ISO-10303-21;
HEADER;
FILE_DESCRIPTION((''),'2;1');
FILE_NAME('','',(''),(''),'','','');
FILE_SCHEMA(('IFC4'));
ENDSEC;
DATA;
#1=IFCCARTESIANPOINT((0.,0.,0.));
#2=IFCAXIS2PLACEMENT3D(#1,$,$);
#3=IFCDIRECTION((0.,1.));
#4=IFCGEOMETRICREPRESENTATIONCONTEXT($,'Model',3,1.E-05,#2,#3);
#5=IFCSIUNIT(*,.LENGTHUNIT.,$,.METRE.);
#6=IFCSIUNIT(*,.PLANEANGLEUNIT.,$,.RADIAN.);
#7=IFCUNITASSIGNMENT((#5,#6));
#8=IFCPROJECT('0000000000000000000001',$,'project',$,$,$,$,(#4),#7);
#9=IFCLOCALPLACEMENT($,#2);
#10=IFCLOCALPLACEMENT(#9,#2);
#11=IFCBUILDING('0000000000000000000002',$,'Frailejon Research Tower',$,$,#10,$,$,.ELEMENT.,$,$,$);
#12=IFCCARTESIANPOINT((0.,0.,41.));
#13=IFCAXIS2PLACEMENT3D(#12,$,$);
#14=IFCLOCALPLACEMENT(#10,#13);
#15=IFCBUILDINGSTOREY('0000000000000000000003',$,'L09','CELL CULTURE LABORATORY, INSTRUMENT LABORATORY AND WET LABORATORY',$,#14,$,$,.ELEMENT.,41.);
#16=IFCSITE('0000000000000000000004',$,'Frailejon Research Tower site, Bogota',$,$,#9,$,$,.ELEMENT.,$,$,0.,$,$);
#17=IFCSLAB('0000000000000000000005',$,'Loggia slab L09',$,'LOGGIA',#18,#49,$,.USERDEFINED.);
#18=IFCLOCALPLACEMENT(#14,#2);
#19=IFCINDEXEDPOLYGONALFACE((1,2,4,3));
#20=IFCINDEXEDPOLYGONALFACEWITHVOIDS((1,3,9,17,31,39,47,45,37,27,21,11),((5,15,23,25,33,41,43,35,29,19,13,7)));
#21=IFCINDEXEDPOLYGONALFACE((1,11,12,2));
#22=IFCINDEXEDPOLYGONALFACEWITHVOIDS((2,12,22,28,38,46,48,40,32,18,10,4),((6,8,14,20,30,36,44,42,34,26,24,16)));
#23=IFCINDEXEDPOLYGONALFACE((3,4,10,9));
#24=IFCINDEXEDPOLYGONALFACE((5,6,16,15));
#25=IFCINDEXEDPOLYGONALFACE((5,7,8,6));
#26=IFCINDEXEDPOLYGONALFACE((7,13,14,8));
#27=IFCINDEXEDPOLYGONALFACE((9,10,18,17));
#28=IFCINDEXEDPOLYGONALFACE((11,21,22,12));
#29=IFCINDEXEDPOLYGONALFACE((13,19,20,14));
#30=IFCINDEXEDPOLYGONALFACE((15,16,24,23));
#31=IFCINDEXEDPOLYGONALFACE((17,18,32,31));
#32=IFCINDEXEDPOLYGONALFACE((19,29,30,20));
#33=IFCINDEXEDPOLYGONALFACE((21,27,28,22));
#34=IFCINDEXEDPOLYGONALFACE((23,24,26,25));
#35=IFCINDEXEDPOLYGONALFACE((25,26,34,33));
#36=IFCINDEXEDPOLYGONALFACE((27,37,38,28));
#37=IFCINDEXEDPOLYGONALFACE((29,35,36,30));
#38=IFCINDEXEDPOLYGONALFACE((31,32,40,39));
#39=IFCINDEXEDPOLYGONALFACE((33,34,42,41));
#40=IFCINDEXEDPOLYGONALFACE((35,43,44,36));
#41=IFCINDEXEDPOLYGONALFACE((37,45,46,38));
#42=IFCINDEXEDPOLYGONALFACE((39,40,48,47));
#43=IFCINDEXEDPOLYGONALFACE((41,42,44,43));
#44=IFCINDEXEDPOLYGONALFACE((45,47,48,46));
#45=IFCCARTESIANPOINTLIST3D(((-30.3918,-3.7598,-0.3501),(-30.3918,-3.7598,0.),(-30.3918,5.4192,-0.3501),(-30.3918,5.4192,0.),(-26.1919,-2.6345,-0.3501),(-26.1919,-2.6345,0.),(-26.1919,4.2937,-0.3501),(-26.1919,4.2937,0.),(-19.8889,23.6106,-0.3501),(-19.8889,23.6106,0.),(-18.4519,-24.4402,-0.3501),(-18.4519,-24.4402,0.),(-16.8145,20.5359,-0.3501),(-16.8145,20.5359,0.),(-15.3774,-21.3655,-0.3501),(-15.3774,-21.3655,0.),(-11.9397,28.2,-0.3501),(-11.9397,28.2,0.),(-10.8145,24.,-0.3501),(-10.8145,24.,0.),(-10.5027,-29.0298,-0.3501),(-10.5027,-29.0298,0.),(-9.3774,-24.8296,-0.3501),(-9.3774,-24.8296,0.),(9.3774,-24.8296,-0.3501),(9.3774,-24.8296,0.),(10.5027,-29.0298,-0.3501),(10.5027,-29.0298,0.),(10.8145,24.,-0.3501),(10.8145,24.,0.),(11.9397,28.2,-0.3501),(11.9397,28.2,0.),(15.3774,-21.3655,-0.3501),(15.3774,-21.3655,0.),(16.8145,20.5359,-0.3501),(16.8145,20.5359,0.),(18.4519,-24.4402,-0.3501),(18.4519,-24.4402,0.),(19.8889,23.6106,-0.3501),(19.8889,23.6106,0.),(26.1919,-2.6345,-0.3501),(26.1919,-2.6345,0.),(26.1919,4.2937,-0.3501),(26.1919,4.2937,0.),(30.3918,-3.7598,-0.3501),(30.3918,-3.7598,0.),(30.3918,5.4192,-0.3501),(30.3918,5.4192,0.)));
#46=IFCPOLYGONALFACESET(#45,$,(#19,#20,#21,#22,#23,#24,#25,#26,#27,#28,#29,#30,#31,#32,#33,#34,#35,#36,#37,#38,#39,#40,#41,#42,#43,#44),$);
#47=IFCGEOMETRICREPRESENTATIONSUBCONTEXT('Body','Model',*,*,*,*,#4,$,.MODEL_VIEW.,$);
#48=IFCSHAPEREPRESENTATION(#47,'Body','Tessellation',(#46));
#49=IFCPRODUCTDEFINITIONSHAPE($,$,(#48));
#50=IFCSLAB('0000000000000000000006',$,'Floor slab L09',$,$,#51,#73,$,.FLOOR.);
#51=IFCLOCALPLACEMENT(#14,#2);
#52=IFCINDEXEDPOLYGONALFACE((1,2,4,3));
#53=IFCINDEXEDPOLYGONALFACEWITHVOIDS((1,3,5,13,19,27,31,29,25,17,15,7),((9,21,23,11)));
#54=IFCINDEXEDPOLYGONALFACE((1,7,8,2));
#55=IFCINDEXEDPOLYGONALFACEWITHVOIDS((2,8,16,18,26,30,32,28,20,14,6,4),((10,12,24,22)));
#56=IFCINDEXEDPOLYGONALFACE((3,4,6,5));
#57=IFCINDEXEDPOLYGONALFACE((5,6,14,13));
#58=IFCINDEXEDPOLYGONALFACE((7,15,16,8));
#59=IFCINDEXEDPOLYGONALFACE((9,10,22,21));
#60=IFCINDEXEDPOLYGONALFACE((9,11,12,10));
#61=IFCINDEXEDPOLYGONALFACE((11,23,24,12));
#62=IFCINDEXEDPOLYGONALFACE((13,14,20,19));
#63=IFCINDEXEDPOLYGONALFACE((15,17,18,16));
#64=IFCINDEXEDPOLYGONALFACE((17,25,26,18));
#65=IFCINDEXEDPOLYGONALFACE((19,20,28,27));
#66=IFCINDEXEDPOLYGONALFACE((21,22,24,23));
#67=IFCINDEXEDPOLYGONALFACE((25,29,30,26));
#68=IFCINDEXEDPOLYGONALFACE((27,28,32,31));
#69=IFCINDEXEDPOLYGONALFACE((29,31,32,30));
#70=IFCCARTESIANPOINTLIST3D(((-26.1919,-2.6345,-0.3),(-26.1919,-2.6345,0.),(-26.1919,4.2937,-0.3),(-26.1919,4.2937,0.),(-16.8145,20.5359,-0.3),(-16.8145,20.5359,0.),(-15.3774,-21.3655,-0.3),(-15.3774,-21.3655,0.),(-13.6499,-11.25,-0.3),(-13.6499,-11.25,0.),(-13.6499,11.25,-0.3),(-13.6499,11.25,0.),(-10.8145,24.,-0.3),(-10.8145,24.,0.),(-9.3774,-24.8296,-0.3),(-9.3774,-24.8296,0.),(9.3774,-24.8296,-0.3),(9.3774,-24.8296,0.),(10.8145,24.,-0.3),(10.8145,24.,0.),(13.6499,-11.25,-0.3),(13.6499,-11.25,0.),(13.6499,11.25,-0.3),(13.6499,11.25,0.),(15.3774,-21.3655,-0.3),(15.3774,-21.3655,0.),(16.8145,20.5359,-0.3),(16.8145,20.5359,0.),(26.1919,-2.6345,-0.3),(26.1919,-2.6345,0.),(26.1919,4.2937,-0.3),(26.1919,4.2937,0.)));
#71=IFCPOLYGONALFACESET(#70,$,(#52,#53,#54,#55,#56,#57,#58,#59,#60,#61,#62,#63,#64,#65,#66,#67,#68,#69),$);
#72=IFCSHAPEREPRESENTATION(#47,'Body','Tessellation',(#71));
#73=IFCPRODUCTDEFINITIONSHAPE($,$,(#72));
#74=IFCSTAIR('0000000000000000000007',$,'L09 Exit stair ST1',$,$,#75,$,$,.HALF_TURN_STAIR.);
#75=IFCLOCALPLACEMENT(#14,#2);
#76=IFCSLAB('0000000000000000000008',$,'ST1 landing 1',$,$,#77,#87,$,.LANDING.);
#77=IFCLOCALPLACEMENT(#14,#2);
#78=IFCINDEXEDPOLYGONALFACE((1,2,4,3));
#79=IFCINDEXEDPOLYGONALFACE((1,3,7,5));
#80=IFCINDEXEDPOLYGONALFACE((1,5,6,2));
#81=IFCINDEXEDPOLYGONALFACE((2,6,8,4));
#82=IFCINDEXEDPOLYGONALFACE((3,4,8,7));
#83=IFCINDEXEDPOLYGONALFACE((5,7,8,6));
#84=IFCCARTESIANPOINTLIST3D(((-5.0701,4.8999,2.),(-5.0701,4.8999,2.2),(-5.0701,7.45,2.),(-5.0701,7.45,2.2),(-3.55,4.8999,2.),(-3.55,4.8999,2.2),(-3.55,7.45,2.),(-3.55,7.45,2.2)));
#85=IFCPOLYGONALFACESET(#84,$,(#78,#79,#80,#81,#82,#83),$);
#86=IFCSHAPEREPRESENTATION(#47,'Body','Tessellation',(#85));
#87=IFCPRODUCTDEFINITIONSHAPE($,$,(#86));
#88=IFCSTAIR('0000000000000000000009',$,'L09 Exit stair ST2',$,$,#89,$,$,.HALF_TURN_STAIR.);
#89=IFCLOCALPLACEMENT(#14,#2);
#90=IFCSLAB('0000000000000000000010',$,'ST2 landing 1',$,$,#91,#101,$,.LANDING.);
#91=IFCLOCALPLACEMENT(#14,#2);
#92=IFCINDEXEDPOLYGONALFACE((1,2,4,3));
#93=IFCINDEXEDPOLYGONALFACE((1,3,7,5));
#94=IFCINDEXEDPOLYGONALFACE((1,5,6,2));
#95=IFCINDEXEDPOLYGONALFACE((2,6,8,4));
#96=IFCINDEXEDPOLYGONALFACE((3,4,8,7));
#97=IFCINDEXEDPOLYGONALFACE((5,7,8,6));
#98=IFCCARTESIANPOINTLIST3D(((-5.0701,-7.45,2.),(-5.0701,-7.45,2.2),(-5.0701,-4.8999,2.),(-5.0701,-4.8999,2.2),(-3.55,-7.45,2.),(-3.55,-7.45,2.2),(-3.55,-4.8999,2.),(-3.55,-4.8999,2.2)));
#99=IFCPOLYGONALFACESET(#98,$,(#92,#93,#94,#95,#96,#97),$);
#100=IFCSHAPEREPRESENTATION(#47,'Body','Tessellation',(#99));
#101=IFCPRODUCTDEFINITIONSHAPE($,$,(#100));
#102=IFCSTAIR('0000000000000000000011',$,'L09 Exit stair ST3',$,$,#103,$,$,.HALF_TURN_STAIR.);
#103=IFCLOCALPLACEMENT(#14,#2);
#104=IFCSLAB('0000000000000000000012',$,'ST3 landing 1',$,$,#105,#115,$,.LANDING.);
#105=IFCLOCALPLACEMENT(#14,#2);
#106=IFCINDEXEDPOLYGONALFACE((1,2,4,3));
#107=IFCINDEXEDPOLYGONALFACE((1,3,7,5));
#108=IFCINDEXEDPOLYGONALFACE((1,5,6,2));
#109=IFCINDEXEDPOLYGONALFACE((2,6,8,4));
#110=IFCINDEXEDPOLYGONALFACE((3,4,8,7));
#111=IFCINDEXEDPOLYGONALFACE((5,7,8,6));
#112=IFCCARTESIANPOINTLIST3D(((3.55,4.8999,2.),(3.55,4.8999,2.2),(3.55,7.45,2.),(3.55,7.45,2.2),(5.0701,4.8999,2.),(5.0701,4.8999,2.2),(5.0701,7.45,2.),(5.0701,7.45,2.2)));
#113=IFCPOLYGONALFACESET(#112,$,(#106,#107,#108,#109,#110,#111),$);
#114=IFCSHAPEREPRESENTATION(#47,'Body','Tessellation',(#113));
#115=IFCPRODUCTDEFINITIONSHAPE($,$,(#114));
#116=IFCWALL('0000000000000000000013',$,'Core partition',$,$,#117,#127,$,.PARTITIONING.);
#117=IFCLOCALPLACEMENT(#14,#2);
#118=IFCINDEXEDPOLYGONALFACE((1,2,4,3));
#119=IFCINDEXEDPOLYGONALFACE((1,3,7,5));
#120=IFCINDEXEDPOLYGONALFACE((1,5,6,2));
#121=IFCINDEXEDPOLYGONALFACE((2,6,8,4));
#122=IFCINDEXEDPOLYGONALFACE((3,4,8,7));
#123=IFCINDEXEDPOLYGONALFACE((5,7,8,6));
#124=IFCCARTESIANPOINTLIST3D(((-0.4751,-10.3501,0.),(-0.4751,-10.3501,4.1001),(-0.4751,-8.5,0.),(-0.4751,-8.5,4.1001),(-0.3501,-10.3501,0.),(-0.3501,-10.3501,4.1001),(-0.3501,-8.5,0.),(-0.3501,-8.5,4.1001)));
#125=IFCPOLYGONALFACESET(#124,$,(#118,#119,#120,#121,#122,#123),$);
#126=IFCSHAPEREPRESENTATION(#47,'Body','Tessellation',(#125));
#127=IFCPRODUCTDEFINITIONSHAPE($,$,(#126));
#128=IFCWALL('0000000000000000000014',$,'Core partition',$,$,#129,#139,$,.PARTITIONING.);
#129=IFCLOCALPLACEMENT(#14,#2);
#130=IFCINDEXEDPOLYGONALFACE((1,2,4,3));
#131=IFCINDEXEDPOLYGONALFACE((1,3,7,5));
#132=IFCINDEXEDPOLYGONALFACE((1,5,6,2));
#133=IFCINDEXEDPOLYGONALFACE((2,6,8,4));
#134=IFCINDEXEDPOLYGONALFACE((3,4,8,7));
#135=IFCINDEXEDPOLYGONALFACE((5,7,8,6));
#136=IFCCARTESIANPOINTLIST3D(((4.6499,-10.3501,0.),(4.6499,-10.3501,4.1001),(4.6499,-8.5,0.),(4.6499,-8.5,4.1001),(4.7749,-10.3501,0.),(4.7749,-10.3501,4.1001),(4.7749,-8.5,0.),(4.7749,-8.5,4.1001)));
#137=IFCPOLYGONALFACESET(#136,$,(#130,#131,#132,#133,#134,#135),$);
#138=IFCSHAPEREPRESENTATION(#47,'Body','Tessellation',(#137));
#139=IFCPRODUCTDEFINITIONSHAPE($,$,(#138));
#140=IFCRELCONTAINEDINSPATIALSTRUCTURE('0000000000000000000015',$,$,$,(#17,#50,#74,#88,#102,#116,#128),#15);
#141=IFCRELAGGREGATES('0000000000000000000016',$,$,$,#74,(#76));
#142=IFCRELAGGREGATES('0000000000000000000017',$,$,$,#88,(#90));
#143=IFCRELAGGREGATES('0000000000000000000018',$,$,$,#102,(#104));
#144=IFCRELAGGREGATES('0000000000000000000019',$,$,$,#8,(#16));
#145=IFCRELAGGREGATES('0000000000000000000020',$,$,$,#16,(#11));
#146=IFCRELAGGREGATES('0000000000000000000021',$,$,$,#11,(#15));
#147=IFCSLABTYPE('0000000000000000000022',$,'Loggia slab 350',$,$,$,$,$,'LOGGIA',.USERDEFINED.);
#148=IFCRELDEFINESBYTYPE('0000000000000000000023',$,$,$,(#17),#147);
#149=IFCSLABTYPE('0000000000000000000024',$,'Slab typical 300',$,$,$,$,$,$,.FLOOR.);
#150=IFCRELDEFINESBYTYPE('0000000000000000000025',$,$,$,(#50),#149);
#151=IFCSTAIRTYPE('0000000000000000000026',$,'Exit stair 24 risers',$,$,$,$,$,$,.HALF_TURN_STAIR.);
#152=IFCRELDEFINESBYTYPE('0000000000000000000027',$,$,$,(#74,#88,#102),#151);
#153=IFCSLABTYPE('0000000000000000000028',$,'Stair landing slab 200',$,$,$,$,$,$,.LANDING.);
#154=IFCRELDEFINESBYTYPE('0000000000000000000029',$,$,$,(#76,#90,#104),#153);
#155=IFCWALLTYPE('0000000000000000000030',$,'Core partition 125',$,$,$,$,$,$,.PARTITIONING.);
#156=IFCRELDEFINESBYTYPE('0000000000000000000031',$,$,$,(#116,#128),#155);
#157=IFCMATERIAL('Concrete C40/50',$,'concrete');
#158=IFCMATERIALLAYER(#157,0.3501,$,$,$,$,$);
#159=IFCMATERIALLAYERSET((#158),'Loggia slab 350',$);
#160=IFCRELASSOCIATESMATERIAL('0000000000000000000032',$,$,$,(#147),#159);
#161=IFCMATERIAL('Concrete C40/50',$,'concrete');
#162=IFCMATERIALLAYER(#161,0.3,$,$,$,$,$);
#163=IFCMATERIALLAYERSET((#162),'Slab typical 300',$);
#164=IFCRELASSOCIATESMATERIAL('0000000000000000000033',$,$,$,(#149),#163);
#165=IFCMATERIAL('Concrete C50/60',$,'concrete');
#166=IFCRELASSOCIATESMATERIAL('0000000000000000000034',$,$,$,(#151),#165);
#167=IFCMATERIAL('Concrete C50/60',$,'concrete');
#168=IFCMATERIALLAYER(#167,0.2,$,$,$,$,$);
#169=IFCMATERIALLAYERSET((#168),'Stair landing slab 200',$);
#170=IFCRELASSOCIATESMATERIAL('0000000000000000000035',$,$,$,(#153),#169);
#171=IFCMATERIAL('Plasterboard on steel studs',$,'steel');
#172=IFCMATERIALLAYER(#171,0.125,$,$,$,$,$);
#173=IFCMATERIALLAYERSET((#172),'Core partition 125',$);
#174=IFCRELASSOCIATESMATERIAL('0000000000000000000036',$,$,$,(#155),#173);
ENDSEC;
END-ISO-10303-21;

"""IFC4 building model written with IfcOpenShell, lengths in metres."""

from ifc_helpers import new_model, si_unit, direction, frame, frame_2d, origin, place, context, subcontext, project, spatial, polyline, rectangle, outline, extrude, material, layer, layer_set, type_object, element, aggregate, save


model = new_model("IFC4")

# Units and contexts
model_context = context("Model", 3, precision=1e-05, world=origin(), true_north=direction((0.0, 1.0)))
body_context = subcontext(model_context, "Body", "Model", "MODEL_VIEW")
ifc_project = project(units=[si_unit("LENGTHUNIT", "METRE"), si_unit("PLANEANGLEUNIT", "RADIAN")], contexts=[model_context])

# Site, building, storey
site_placement = place(None, origin())
site = spatial("IfcSite", under=ifc_project, at=site_placement, Name="Frailejon Research Tower site, Bogota", CompositionType="ELEMENT", RefElevation=0.0)
building_placement = place(site_placement, origin())
building = spatial("IfcBuilding", under=site, at=building_placement, Name="Frailejon Research Tower", CompositionType="ELEMENT")
storey_placement = place(building_placement, frame((0.0, 0.0, 41.0)))
storey = spatial("IfcBuildingStorey", under=building, at=storey_placement, Name="L09", Description="CELL CULTURE LABORATORY, INSTRUMENT LABORATORY AND WET LABORATORY", CompositionType="ELEMENT", Elevation=41.0)

# Slabs
ifc_material_1 = material(Name="Concrete C40/50", Category="concrete")
ifc_layer_1 = layer(ifc_material_1, 0.3501)
ifc_layer_set_1 = layer_set([ifc_layer_1], Name="Loggia slab 350")
slab_type_1 = type_object("IfcSlabType", Name="Loggia slab 350", ElementType="LOGGIA", PredefinedType="USERDEFINED", material=ifc_layer_set_1)
slab_1_placement = place(storey_placement, frame((0.0, 0.0, -0.3501)))
element("IfcSlab", 1, at=slab_1_placement, inside=storey, type_object=slab_type_1, Name="Loggia slab L09", ObjectType="LOGGIA", PredefinedType="USERDEFINED", context=body_context, shape_type="SweptSolid", body=[
    extrude(outline(polyline([(18.4519, -24.4402), (10.5027, -29.0298), (-10.5027, -29.0298), (-18.4519, -24.4402), (-30.3918, -3.7598), (-30.3918, 5.4192), (-19.8889, 23.6106), (-11.9397, 28.2), (11.9397, 28.2), (19.8889, 23.6106), (30.3918, 5.4192), (30.3918, -3.7598), (18.4519, -24.4402)]), holes=[polyline([(26.1919, 4.2937), (16.8145, 20.5359), (10.8145, 24.0), (-10.8145, 24.0), (-16.8145, 20.5359), (-26.1919, 4.2937), (-26.1919, -2.6345), (-15.3774, -21.3655), (-9.3774, -24.8296), (9.3774, -24.8296), (15.3774, -21.3655), (26.1919, -2.6345), (26.1919, 4.2937)])]), origin(), (0.0, 0.0, 1.0), 0.3501),
])
ifc_material_2 = material(Name="Concrete C40/50", Category="concrete")
ifc_layer_2 = layer(ifc_material_2, 0.3)
ifc_layer_set_2 = layer_set([ifc_layer_2], Name="Slab typical 300")
slab_type_2 = type_object("IfcSlabType", Name="Slab typical 300", PredefinedType="FLOOR", material=ifc_layer_set_2)
slab_2_placement = place(storey_placement, frame((0.0, 0.0, -0.3)))
element("IfcSlab", 2, at=slab_2_placement, inside=storey, type_object=slab_type_2, Name="Floor slab L09", PredefinedType="FLOOR", context=body_context, shape_type="SweptSolid", body=[
    extrude(outline(polyline([(26.1919, -2.6345), (26.1919, 4.2937), (16.8145, 20.5359), (10.8145, 24.0), (-10.8145, 24.0), (-16.8145, 20.5359), (-26.1919, 4.2937), (-26.1919, -2.6345), (-15.3774, -21.3655), (-9.3774, -24.8296), (9.3774, -24.8296), (15.3774, -21.3655), (26.1919, -2.6345)]), holes=[polyline([(13.6499, -11.25), (-13.6499, -11.25), (-13.6499, 11.25), (13.6499, 11.25), (13.6499, -11.25)])]), origin(), (0.0, 0.0, 1.0), 0.3),
])

# Stairs, slabs
ifc_material_3 = material(Name="Concrete C50/60", Category="concrete")
stair_type = type_object("IfcStairType", Name="Exit stair 24 risers", PredefinedType="HALF_TURN_STAIR", material=ifc_material_3)
stair_1_placement = place(storey_placement, origin())
stair_1 = element("IfcStair", 3, at=stair_1_placement, inside=storey, type_object=stair_type, Name="L09 Exit stair ST1", PredefinedType="HALF_TURN_STAIR")
ifc_material_4 = material(Name="Concrete C50/60", Category="concrete")
ifc_layer_3 = layer(ifc_material_4, 0.2)
ifc_layer_set_3 = layer_set([ifc_layer_3], Name="Stair landing slab 200")
slab_type_3 = type_object("IfcSlabType", Name="Stair landing slab 200", PredefinedType="LANDING", material=ifc_layer_set_3)
slab_3_placement = place(storey_placement, frame((0.0, 0.0, 2.0)))
slab_3 = element("IfcSlab", 4, at=slab_3_placement, type_object=slab_type_3, Name="ST1 landing 1", PredefinedType="LANDING", context=body_context, shape_type="SweptSolid", body=[
    extrude(outline(polyline([(-5.0701, 4.8999), (-3.55, 4.8999), (-3.55, 7.45), (-5.0701, 7.45), (-5.0701, 4.8999)])), origin(), (0.0, 0.0, 1.0), 0.2),
])
aggregate(stair_1, [slab_3])
stair_2_placement = place(storey_placement, origin())
stair_2 = element("IfcStair", 5, at=stair_2_placement, inside=storey, type_object=stair_type, Name="L09 Exit stair ST2", PredefinedType="HALF_TURN_STAIR")
slab_4_placement = place(storey_placement, frame((0.0, 0.0, 2.0)))
slab_4 = element("IfcSlab", 6, at=slab_4_placement, type_object=slab_type_3, Name="ST2 landing 1", PredefinedType="LANDING", context=body_context, shape_type="SweptSolid", body=[
    extrude(outline(polyline([(-5.0701, -7.45), (-3.55, -7.45), (-3.55, -4.8999), (-5.0701, -4.8999), (-5.0701, -7.45)])), origin(), (0.0, 0.0, 1.0), 0.2),
])
aggregate(stair_2, [slab_4])
stair_3_placement = place(storey_placement, origin())
stair_3 = element("IfcStair", 7, at=stair_3_placement, inside=storey, type_object=stair_type, Name="L09 Exit stair ST3", PredefinedType="HALF_TURN_STAIR")
slab_5_placement = place(storey_placement, frame((0.0, 0.0, 2.0)))
slab_5 = element("IfcSlab", 8, at=slab_5_placement, type_object=slab_type_3, Name="ST3 landing 1", PredefinedType="LANDING", context=body_context, shape_type="SweptSolid", body=[
    extrude(outline(polyline([(5.0701, 7.45), (3.55, 7.45), (3.55, 4.8999), (5.0701, 4.8999), (5.0701, 7.45)])), origin(), (0.0, 0.0, 1.0), 0.2),
])
aggregate(stair_3, [slab_5])

# Walls
ifc_material_5 = material(Name="Plasterboard on steel studs", Category="steel")
ifc_layer_4 = layer(ifc_material_5, 0.125)
ifc_layer_set_4 = layer_set([ifc_layer_4], Name="Core partition 125")
wall_type_1 = type_object("IfcWallType", Name="Core partition 125", PredefinedType="PARTITIONING", material=ifc_layer_set_4)
for number, where, z_axis, x_axis, name in (
    (9, (-0.4126, -10.3501, 0.0), (0.0, 0.0, 1.0), (0.0, 1.0, 0.0), "Core partition"),
    (10, (4.7124, -10.3501, 0.0), (0.0, 0.0, 1.0), (0.0, 1.0, 0.0), "Core partition"),
):
    element("IfcWall", number, at=place(storey_placement, frame(where, z_axis=z_axis, x_axis=x_axis)), inside=storey, type_object=wall_type_1, Name=name, PredefinedType="PARTITIONING", context=body_context, shape_type="SweptSolid", body=[
        extrude(rectangle(XDim=1.8501, YDim=0.125, at=frame_2d((0.925, 0.0))), origin(), (0.0, 0.0, 1.0), 4.1001),
    ])

save(model, "model.ifc")
